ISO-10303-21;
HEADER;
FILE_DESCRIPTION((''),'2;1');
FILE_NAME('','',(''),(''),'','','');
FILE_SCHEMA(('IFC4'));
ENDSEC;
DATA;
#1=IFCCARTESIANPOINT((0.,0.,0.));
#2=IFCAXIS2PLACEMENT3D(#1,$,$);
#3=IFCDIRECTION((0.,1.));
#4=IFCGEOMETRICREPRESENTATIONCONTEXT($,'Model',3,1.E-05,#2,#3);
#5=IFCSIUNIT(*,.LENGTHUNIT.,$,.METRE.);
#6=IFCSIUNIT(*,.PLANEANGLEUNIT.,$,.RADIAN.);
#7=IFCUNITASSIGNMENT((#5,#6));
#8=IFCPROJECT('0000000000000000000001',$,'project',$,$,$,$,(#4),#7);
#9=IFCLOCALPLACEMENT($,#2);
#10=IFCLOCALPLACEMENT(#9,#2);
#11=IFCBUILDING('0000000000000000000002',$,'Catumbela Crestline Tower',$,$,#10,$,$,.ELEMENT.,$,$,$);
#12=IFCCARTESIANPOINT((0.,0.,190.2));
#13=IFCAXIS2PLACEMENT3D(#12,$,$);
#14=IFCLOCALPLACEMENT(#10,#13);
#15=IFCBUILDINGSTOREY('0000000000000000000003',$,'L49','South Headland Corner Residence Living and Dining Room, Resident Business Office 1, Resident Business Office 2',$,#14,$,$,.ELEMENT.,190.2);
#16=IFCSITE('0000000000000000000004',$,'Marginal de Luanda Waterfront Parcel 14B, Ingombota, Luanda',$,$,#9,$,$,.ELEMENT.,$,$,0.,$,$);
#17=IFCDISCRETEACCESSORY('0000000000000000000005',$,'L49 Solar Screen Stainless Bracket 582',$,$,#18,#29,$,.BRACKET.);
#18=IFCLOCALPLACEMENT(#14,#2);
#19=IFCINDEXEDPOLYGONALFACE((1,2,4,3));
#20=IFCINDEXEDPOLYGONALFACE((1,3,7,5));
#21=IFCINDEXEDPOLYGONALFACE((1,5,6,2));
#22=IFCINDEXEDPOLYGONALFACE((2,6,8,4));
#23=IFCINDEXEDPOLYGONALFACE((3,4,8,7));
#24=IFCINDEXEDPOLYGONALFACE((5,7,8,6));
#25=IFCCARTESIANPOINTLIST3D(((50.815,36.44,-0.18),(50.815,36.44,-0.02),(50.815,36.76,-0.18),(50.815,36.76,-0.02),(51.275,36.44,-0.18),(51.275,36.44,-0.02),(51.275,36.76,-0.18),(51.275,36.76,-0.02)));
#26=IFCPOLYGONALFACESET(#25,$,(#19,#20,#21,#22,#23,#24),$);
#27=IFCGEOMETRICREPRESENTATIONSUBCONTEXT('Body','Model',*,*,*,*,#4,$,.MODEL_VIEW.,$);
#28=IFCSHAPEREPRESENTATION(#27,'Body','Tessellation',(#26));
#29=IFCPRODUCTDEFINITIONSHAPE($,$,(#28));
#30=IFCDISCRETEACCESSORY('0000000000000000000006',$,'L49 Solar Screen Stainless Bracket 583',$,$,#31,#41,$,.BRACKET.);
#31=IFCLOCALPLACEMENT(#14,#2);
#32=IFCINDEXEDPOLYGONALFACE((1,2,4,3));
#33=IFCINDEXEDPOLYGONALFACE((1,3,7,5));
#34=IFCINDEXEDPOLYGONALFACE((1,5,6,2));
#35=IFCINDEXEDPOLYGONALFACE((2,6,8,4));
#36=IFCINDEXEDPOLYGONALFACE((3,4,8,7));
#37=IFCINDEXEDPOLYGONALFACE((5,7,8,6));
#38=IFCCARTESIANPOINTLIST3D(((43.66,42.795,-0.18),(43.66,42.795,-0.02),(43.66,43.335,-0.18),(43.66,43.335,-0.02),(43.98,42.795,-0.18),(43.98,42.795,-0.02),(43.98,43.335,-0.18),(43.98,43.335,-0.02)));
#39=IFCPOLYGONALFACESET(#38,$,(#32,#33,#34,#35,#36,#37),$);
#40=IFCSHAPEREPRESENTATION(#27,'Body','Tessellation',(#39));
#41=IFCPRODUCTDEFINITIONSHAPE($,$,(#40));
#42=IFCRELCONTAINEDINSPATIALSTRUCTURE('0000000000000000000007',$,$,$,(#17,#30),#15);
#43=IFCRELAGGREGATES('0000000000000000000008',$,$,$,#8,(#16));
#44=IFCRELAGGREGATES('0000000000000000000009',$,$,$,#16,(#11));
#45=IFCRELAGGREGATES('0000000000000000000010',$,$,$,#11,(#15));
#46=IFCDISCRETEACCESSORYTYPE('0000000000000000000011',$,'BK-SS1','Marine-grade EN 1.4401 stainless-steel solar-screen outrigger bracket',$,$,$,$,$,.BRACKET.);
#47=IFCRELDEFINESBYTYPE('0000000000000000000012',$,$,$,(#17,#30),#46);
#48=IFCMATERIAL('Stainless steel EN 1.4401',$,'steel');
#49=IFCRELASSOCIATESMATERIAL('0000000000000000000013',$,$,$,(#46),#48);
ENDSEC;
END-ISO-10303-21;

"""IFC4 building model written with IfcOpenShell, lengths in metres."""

from ifc_helpers import new_model, si_unit, direction, frame, origin, origin_2d, place, context, subcontext, project, spatial, rectangle, extrude, material, type_object, element, save


model = new_model("IFC4")

# Units and contexts
model_context = context("Model", 3, precision=1e-05, world=origin(), true_north=direction((0.0, 1.0)))
body_context = subcontext(model_context, "Body", "Model", "MODEL_VIEW")
ifc_project = project(units=[si_unit("LENGTHUNIT", "METRE"), si_unit("PLANEANGLEUNIT", "RADIAN")], contexts=[model_context])

# Site, building, storey
site_placement = place(None, origin())
site = spatial("IfcSite", under=ifc_project, at=site_placement, Name="Marginal de Luanda Waterfront Parcel 14B, Ingombota, Luanda", CompositionType="ELEMENT", RefElevation=0.0)
building_placement = place(site_placement, origin())
building = spatial("IfcBuilding", under=site, at=building_placement, Name="Catumbela Crestline Tower", CompositionType="ELEMENT")
storey_placement = place(building_placement, frame((0.0, 0.0, 190.2)))
storey = spatial("IfcBuildingStorey", under=building, at=storey_placement, Name="L49", Description="South Headland Corner Residence Living and Dining Room, Resident Business Office 1, Resident Business Office 2", CompositionType="ELEMENT", Elevation=190.2)

# Discrete accessories
ifc_material_1 = material(Name="Stainless steel EN 1.4401", Category="steel")
discrete_accessory_type = type_object("IfcDiscreteAccessoryType", Name="BK-SS1", Description="Marine-grade EN 1.4401 stainless-steel solar-screen outrigger bracket", PredefinedType="BRACKET", material=ifc_material_1)
discrete_accessory_1_placement = place(storey_placement, frame((51.045, 36.6, -0.18), z_axis=(0.0, 0.0, 1.0), x_axis=(0.0, 1.0, 0.0)))
element("IfcDiscreteAccessory", 1, at=discrete_accessory_1_placement, inside=storey, type_object=discrete_accessory_type, Name="L49 Solar Screen Stainless Bracket 582", PredefinedType="BRACKET", context=body_context, shape_type="SweptSolid", body=[
    extrude(rectangle(XDim=0.32, YDim=0.46, at=origin_2d()), origin(), (0.0, 0.0, 1.0), 0.16),
])
discrete_accessory_2_placement = place(storey_placement, frame((43.82, 43.065, -0.18), z_axis=(0.0, 0.0, 1.0), x_axis=(-1.0, 0.0, 0.0)))
element("IfcDiscreteAccessory", 2, at=discrete_accessory_2_placement, inside=storey, type_object=discrete_accessory_type, Name="L49 Solar Screen Stainless Bracket 583", PredefinedType="BRACKET", context=body_context, shape_type="SweptSolid", body=[
    extrude(rectangle(XDim=0.32, YDim=0.54, at=origin_2d()), origin(), (0.0, 0.0, 1.0), 0.16),
])

save(model, "model.ifc")
